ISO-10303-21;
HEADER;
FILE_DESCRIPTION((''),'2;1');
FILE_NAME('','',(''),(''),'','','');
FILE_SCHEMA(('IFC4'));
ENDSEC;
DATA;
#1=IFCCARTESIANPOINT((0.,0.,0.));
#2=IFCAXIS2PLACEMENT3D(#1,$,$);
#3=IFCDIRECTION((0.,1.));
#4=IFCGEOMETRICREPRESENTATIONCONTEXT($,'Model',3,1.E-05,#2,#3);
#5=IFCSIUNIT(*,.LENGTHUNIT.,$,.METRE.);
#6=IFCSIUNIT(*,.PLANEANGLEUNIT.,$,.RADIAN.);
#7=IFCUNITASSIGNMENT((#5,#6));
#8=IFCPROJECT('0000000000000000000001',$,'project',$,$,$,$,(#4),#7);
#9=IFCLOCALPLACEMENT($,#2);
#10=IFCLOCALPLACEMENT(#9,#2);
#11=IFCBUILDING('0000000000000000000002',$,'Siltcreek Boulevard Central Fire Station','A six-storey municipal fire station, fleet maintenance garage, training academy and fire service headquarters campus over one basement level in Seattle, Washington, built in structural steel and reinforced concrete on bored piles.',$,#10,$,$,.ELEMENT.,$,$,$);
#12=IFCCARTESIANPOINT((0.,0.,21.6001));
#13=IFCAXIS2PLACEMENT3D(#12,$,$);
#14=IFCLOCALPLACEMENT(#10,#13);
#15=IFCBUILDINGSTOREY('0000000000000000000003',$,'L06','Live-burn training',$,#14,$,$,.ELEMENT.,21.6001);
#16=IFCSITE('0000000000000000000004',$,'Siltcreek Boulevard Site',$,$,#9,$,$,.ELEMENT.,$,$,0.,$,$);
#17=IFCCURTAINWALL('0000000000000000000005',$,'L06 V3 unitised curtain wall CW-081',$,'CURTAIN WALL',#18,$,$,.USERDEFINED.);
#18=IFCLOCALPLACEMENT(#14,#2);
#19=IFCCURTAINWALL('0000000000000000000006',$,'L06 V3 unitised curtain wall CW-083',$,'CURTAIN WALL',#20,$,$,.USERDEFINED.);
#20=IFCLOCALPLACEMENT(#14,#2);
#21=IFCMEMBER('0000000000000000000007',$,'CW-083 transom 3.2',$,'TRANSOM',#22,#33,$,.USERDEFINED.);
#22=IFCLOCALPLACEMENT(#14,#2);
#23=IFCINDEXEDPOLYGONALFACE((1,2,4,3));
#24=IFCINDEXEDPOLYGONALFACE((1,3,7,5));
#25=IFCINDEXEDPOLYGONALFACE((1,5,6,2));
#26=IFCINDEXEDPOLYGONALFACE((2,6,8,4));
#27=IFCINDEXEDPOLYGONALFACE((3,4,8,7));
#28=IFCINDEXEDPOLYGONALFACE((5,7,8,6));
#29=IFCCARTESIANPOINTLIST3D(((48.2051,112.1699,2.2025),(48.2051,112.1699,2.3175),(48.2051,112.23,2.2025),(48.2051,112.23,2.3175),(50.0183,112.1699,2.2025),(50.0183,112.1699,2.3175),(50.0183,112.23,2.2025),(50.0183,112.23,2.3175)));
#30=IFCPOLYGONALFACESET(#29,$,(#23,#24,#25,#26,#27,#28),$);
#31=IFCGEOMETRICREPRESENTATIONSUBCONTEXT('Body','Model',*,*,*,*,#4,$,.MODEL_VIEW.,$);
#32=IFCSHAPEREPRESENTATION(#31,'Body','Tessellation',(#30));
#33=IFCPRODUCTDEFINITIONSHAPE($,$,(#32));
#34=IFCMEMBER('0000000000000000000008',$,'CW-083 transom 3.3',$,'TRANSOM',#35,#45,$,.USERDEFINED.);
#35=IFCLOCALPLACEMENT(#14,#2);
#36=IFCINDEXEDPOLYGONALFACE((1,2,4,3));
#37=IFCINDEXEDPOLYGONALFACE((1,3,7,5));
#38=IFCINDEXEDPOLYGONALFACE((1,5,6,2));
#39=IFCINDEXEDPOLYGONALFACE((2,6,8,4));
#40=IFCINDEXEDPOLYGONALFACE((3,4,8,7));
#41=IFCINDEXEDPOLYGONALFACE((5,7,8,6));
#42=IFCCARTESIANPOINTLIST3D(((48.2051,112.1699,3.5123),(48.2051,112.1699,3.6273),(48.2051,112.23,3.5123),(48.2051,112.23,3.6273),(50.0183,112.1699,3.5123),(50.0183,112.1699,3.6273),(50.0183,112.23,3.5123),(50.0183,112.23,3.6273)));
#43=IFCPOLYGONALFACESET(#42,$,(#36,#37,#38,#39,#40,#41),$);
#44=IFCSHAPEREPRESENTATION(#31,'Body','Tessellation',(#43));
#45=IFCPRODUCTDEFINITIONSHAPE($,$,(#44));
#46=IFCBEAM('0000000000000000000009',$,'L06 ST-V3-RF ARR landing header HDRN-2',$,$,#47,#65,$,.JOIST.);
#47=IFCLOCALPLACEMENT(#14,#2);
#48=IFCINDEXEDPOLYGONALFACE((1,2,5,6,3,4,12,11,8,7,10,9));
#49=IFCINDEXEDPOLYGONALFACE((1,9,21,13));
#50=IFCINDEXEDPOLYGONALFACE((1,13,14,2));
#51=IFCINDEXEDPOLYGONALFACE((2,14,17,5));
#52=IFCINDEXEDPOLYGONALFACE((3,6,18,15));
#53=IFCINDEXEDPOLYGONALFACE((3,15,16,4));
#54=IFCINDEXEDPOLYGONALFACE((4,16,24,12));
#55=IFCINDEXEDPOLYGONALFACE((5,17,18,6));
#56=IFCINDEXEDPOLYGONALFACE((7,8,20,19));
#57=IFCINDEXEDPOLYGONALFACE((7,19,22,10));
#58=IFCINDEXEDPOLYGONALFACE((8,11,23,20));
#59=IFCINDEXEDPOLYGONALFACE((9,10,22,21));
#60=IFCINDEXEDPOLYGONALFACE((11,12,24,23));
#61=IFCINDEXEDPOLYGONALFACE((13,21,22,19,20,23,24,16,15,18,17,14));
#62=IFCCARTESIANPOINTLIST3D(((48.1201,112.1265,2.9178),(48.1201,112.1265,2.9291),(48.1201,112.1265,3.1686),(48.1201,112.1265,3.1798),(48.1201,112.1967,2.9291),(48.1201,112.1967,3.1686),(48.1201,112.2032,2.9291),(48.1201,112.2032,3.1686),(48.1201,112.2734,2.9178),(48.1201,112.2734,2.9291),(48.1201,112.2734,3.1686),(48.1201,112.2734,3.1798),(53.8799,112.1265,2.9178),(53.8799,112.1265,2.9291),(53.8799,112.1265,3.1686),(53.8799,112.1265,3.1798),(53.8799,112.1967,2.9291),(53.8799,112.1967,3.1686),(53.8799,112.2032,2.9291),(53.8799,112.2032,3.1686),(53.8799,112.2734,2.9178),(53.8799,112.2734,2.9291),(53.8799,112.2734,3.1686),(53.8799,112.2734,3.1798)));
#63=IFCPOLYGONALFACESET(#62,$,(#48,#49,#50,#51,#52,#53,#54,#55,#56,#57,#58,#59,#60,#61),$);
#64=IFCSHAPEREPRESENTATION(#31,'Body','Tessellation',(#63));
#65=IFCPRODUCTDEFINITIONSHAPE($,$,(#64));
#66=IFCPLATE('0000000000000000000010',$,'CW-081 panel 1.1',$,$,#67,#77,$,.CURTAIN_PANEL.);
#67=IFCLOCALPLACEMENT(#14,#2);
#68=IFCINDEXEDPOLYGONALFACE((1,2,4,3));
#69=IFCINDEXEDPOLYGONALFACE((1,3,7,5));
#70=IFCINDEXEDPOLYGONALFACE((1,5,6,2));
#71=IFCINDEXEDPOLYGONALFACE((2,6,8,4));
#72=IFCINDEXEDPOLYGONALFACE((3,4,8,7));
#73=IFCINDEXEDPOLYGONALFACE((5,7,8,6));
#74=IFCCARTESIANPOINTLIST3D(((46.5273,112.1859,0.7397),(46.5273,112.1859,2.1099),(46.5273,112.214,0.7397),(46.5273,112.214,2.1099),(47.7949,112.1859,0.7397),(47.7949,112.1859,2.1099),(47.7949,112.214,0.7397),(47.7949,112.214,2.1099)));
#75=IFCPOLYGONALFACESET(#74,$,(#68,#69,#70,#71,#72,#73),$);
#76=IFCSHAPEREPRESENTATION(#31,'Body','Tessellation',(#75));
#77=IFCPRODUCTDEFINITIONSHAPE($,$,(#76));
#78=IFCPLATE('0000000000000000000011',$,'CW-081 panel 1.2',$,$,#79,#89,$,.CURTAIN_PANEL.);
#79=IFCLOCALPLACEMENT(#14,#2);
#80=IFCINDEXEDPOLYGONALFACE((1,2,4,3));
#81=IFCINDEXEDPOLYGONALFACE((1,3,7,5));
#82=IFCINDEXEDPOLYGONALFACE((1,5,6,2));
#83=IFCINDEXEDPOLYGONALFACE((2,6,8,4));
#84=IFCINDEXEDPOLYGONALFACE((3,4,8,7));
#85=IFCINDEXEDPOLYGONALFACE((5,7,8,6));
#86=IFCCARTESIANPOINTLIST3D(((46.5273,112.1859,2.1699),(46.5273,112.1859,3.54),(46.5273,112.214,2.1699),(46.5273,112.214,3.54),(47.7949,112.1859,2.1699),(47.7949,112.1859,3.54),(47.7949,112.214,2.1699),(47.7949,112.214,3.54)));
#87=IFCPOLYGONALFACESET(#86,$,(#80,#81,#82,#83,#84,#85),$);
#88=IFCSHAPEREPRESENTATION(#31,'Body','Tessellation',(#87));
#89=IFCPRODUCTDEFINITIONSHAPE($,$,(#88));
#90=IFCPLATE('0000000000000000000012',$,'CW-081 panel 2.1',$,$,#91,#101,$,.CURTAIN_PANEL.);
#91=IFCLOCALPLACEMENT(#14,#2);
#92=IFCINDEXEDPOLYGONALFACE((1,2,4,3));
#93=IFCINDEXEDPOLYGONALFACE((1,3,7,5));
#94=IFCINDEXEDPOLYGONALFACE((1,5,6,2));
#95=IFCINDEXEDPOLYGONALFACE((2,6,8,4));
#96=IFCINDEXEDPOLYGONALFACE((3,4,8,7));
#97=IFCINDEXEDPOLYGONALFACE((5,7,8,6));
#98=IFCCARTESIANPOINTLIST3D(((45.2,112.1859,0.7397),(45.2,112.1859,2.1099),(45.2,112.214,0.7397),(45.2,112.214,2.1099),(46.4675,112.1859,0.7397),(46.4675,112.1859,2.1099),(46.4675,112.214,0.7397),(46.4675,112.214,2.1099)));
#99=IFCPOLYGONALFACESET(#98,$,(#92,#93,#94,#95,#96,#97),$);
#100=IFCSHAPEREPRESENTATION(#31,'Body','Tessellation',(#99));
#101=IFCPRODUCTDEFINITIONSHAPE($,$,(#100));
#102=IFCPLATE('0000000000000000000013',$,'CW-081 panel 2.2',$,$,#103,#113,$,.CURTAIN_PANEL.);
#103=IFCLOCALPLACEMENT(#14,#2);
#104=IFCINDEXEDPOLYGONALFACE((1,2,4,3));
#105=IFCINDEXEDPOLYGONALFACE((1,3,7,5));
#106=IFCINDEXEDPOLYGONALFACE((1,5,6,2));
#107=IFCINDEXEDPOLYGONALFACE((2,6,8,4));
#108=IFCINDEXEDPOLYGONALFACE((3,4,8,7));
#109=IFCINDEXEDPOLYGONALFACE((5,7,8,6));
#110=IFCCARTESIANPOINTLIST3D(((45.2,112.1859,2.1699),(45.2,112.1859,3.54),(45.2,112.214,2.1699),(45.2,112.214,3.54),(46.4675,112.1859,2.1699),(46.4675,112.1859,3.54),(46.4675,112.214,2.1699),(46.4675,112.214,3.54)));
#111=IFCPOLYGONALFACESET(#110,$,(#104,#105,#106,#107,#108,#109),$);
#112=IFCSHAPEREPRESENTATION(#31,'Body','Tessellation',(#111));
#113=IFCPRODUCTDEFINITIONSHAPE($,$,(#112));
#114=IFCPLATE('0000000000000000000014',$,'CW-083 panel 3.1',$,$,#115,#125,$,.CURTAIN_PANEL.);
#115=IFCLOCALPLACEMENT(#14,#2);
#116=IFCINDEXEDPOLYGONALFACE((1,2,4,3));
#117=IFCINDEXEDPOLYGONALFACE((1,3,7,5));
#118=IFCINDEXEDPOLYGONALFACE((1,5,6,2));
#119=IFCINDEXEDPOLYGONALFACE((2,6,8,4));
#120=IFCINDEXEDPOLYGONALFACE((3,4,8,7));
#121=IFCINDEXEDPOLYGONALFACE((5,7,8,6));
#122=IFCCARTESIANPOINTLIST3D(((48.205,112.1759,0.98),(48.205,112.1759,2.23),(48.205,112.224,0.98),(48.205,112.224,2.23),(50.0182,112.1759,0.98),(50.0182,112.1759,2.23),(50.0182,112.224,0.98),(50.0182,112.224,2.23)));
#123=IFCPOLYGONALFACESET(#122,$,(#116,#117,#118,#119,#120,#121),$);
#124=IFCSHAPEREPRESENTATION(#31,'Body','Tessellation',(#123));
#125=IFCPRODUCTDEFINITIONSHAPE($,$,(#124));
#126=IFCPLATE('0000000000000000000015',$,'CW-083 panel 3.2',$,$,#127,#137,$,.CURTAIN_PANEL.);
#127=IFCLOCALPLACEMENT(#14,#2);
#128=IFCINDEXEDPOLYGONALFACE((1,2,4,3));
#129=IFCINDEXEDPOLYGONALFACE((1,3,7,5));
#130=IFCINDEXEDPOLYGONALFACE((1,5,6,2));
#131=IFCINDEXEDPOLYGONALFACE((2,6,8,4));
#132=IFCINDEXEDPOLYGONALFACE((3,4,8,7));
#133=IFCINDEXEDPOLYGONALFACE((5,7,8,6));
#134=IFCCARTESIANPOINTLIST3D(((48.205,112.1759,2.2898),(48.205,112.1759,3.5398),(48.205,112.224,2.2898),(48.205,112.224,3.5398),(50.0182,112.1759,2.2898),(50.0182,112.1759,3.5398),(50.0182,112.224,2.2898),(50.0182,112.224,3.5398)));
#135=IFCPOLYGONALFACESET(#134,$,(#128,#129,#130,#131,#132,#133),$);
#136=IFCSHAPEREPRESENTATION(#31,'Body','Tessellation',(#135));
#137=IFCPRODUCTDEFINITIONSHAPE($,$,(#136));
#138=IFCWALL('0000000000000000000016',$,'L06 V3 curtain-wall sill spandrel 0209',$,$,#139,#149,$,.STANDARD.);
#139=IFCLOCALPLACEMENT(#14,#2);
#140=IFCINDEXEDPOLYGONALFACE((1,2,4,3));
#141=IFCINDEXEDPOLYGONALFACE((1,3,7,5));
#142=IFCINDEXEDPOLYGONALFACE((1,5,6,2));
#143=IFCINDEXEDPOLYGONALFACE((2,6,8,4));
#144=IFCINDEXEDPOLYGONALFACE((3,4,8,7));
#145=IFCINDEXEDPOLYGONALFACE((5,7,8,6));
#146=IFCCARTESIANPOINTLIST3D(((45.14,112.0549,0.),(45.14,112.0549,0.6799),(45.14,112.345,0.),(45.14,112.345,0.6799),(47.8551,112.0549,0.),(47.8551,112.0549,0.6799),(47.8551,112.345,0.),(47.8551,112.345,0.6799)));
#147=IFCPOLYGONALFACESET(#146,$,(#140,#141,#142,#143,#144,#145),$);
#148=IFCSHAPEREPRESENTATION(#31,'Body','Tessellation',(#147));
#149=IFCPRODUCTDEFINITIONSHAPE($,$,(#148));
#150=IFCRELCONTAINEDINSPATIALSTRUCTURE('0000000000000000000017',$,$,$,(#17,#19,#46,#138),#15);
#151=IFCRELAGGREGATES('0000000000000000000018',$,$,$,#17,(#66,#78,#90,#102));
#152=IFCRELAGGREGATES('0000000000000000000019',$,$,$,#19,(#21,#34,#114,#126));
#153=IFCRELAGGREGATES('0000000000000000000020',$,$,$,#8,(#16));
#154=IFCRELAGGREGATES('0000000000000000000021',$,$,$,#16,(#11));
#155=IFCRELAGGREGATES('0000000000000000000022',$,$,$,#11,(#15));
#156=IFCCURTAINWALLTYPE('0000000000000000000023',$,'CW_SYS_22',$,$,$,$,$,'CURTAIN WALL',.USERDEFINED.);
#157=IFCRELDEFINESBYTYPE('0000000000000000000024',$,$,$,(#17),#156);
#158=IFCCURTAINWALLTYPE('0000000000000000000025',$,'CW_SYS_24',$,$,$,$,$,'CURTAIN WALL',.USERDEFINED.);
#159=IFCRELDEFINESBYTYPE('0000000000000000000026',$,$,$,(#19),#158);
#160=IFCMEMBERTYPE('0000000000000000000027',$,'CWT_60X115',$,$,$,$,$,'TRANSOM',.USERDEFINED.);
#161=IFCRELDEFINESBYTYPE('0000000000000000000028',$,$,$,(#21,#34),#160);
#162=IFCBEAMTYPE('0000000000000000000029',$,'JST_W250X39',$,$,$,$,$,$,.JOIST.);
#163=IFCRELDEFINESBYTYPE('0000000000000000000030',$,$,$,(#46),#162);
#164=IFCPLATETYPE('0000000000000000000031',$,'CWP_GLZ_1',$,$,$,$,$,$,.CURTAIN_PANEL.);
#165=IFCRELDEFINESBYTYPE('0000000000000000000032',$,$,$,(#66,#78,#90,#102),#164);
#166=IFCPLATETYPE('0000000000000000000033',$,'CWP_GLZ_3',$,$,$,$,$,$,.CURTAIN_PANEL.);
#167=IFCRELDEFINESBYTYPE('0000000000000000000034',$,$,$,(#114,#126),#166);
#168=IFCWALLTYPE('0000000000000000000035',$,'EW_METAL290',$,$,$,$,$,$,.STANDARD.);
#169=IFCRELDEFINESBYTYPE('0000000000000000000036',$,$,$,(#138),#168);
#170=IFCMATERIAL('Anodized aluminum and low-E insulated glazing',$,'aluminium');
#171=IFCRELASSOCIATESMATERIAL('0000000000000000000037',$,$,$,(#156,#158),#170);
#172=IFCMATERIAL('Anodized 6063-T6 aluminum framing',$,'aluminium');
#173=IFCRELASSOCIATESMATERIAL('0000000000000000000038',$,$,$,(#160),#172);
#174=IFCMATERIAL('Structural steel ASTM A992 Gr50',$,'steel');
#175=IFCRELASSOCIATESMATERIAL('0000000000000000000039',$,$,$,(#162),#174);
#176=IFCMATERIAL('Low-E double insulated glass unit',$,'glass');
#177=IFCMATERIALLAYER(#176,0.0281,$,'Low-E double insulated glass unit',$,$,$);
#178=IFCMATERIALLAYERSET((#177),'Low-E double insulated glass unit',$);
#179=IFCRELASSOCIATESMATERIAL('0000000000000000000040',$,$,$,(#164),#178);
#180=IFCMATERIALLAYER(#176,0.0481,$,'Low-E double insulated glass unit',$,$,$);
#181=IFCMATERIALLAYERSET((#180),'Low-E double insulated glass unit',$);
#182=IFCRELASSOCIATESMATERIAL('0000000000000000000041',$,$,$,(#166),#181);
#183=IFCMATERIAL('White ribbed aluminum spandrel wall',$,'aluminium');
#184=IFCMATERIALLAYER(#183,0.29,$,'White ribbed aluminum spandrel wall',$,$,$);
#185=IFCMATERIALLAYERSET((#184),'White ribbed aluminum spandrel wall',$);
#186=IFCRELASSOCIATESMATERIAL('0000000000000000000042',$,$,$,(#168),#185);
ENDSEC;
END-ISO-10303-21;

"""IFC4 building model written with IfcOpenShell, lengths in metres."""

from ifc_helpers import new_model, si_unit, direction, frame, frame_2d, origin, origin_2d, place, context, subcontext, project, spatial, rectangle, i_section, extrude, material, layer, layer_set, material_profile, profile_set, type_object, element, aggregate, save


model = new_model("IFC4")

# Units and contexts
model_context = context("Model", 3, precision=1e-05, world=origin(), true_north=direction((0.0, 1.0)))
body_context = subcontext(model_context, "Body", "Model", "MODEL_VIEW")
ifc_project = project(units=[si_unit("LENGTHUNIT", "METRE"), si_unit("PLANEANGLEUNIT", "RADIAN")], contexts=[model_context])

# Site, building, storey
site_placement = place(None, origin())
site = spatial("IfcSite", under=ifc_project, at=site_placement, Name="Siltcreek Boulevard Site", CompositionType="ELEMENT", RefElevation=0.0)
building_placement = place(site_placement, origin())
building = spatial("IfcBuilding", under=site, at=building_placement, Name="Siltcreek Boulevard Central Fire Station", Description="A six-storey municipal fire station, fleet maintenance garage, training academy and fire service headquarters campus over one basement level in Seattle, Washington, built in structural steel and reinforced concrete on bored piles.", CompositionType="ELEMENT")
storey_placement = place(building_placement, frame((0.0, 0.0, 21.6001)))
storey = spatial("IfcBuildingStorey", under=building, at=storey_placement, Name="L06", Description="Live-burn training", CompositionType="ELEMENT", Elevation=21.6001)

# Shared definitions
ifc_material_1 = material(Name="Structural steel ASTM A992 Gr50", Category="steel")

# Curtain walls
ifc_material_2 = material(Name="Anodized aluminum and low-E insulated glazing", Category="aluminium")
curtain_wall_type_1 = type_object("IfcCurtainWallType", Name="CW_SYS_22", ElementType="CURTAIN WALL", PredefinedType="USERDEFINED", material=ifc_material_2)
curtain_wall_1_placement = place(storey_placement, origin())
curtain_wall_1 = element("IfcCurtainWall", 1, at=curtain_wall_1_placement, inside=storey, type_object=curtain_wall_type_1, Name="L06 V3 unitised curtain wall CW-081", ObjectType="CURTAIN WALL", PredefinedType="USERDEFINED")
ifc_material_3 = material(Name="Anodized 6063-T6 aluminum framing", Category="aluminium")
curtain_wall_type_2 = type_object("IfcCurtainWallType", Name="CW_SYS_24", ElementType="CURTAIN WALL", PredefinedType="USERDEFINED", material=ifc_material_2)
curtain_wall_2_placement = place(storey_placement, origin())
curtain_wall_2 = element("IfcCurtainWall", 2, at=curtain_wall_2_placement, inside=storey, type_object=curtain_wall_type_2, Name="L06 V3 unitised curtain wall CW-083", ObjectType="CURTAIN WALL", PredefinedType="USERDEFINED")

# Members
ifc_material_profile_1 = material_profile(ifc_material_3, rectangle(XDim=0.0601, YDim=0.115, at=origin_2d()), Name="TRAN60X115")
ifc_profile_set_1 = profile_set([ifc_material_profile_1], Name="Anodized 6063-T6 aluminum framing")
member_type_1 = type_object("IfcMemberType", Name="CWT_60X115", ElementType="TRANSOM", PredefinedType="USERDEFINED", material=ifc_profile_set_1)
member_1_placement = place(storey_placement, frame((50.0183, 112.2, 2.26), z_axis=(-1.0, 0.0, 0.0), x_axis=(0.0, -1.0, 0.0)))
member_1 = element("IfcMember", 3, at=member_1_placement, type_object=member_type_1, Name="CW-083 transom 3.2", ObjectType="TRANSOM", PredefinedType="USERDEFINED", context=body_context, shape_type="SweptSolid", body=[
    extrude(rectangle(XDim=0.0601, YDim=0.115, at=origin_2d()), origin(), (0.0, 0.0, 1.0), 1.8132),
])
member_2_placement = place(storey_placement, frame((50.0183, 112.2, 3.5698), z_axis=(-1.0, 0.0, 0.0), x_axis=(0.0, -1.0, 0.0)))
member_2 = element("IfcMember", 4, at=member_2_placement, type_object=member_type_1, Name="CW-083 transom 3.3", ObjectType="TRANSOM", PredefinedType="USERDEFINED", context=body_context, shape_type="SweptSolid", body=[
    extrude(rectangle(XDim=0.0601, YDim=0.115, at=origin_2d()), origin(), (0.0, 0.0, 1.0), 1.8132),
])

# Beam
ifc_material_profile_2 = material_profile(ifc_material_1, i_section(OverallWidth=0.147, OverallDepth=0.262, WebThickness=0.0066, FlangeThickness=0.0112, at=origin_2d()), Name="W250X39")
ifc_profile_set_2 = profile_set([ifc_material_profile_2], Name="Structural steel ASTM A992 Gr50")
beam_type_1 = type_object("IfcBeamType", Name="JST_W250X39", PredefinedType="JOIST", material=ifc_profile_set_2)
beam_1_placement = place(storey_placement, frame((48.1201, 112.2, 3.0488), z_axis=(1.0, 0.0, 0.0), x_axis=(0.0, 1.0, 0.0)))
element("IfcBeam", 5, at=beam_1_placement, inside=storey, type_object=beam_type_1, Name="L06 ST-V3-RF ARR landing header HDRN-2", PredefinedType="JOIST", context=body_context, shape_type="SweptSolid", body=[
    extrude(i_section(OverallWidth=0.147, OverallDepth=0.262, WebThickness=0.0066, FlangeThickness=0.0112, at=origin_2d()), origin(), (0.0, 0.0, 1.0), 5.7598),
])

# Plates
ifc_material_4 = material(Name="Low-E double insulated glass unit", Category="glass")
ifc_layer_1 = layer(ifc_material_4, 0.0281, Name="Low-E double insulated glass unit")
ifc_layer_set_1 = layer_set([ifc_layer_1], Name="Low-E double insulated glass unit")
plate_type_1 = type_object("IfcPlateType", Name="CWP_GLZ_1", PredefinedType="CURTAIN_PANEL", material=ifc_layer_set_1)
plate_1_placement = place(storey_placement, frame((47.1611, 112.2, 0.7397), z_axis=(0.0, 0.0, 1.0), x_axis=(-1.0, 0.0, 0.0)))
plate_1 = element("IfcPlate", 6, at=plate_1_placement, type_object=plate_type_1, Name="CW-081 panel 1.1", PredefinedType="CURTAIN_PANEL", context=body_context, shape_type="SweptSolid", body=[
    extrude(rectangle(XDim=1.2676, YDim=0.0281, at=origin_2d()), origin(), (0.0, 0.0, 1.0), 1.3701),
])
plate_2_placement = place(storey_placement, frame((47.1611, 112.2, 2.1699), z_axis=(0.0, 0.0, 1.0), x_axis=(-1.0, 0.0, 0.0)))
plate_2 = element("IfcPlate", 7, at=plate_2_placement, type_object=plate_type_1, Name="CW-081 panel 1.2", PredefinedType="CURTAIN_PANEL", context=body_context, shape_type="SweptSolid", body=[
    extrude(rectangle(XDim=1.2676, YDim=0.0281, at=origin_2d()), origin(), (0.0, 0.0, 1.0), 1.3701),
])
plate_3_placement = place(storey_placement, frame((45.8337, 112.2, 0.7397), z_axis=(0.0, 0.0, 1.0), x_axis=(-1.0, 0.0, 0.0)))
plate_3 = element("IfcPlate", 8, at=plate_3_placement, type_object=plate_type_1, Name="CW-081 panel 2.1", PredefinedType="CURTAIN_PANEL", context=body_context, shape_type="SweptSolid", body=[
    extrude(rectangle(XDim=1.2676, YDim=0.0281, at=origin_2d()), origin(), (0.0, 0.0, 1.0), 1.3701),
])
plate_4_placement = place(storey_placement, frame((45.8337, 112.2, 2.1699), z_axis=(0.0, 0.0, 1.0), x_axis=(-1.0, 0.0, 0.0)))
plate_4 = element("IfcPlate", 9, at=plate_4_placement, type_object=plate_type_1, Name="CW-081 panel 2.2", PredefinedType="CURTAIN_PANEL", context=body_context, shape_type="SweptSolid", body=[
    extrude(rectangle(XDim=1.2676, YDim=0.0281, at=origin_2d()), origin(), (0.0, 0.0, 1.0), 1.3701),
])
aggregate(curtain_wall_1, [plate_1, plate_2, plate_3, plate_4])
ifc_layer_2 = layer(ifc_material_4, 0.0481, Name="Low-E double insulated glass unit")
ifc_layer_set_2 = layer_set([ifc_layer_2], Name="Low-E double insulated glass unit")
plate_type_2 = type_object("IfcPlateType", Name="CWP_GLZ_3", PredefinedType="CURTAIN_PANEL", material=ifc_layer_set_2)
plate_5_placement = place(storey_placement, frame((49.1116, 112.2, 0.98), z_axis=(0.0, 0.0, 1.0), x_axis=(-1.0, 0.0, 0.0)))
plate_5 = element("IfcPlate", 10, at=plate_5_placement, type_object=plate_type_2, Name="CW-083 panel 3.1", PredefinedType="CURTAIN_PANEL", context=body_context, shape_type="SweptSolid", body=[
    extrude(rectangle(XDim=1.8132, YDim=0.0481, at=origin_2d()), origin(), (0.0, 0.0, 1.0), 1.25),
])
plate_6_placement = place(storey_placement, frame((49.1116, 112.2, 2.2898), z_axis=(0.0, 0.0, 1.0), x_axis=(-1.0, 0.0, 0.0)))
plate_6 = element("IfcPlate", 11, at=plate_6_placement, type_object=plate_type_2, Name="CW-083 panel 3.2", PredefinedType="CURTAIN_PANEL", context=body_context, shape_type="SweptSolid", body=[
    extrude(rectangle(XDim=1.8132, YDim=0.0481, at=origin_2d()), origin(), (0.0, 0.0, 1.0), 1.25),
])
aggregate(curtain_wall_2, [member_1, member_2, plate_5, plate_6])

# Wall
ifc_material_5 = material(Name="White ribbed aluminum spandrel wall", Category="aluminium")
ifc_layer_3 = layer(ifc_material_5, 0.29, Name="White ribbed aluminum spandrel wall")
ifc_layer_set_3 = layer_set([ifc_layer_3], Name="White ribbed aluminum spandrel wall")
wall_type = type_object("IfcWallType", Name="EW_METAL290", PredefinedType="STANDARD", material=ifc_layer_set_3)
wall_placement = place(storey_placement, frame((47.855, 112.2, 0.0), z_axis=(0.0, 0.0, 1.0), x_axis=(-1.0, 0.0, 0.0)))
element("IfcWall", 12, at=wall_placement, inside=storey, type_object=wall_type, Name="L06 V3 curtain-wall sill spandrel 0209", PredefinedType="STANDARD", context=body_context, shape_type="SweptSolid", body=[
    extrude(rectangle(XDim=2.7151, YDim=0.29, at=frame_2d((1.3574, 0.0))), origin(), (0.0, 0.0, 1.0), 0.6799),
])

save(model, "model.ifc")
